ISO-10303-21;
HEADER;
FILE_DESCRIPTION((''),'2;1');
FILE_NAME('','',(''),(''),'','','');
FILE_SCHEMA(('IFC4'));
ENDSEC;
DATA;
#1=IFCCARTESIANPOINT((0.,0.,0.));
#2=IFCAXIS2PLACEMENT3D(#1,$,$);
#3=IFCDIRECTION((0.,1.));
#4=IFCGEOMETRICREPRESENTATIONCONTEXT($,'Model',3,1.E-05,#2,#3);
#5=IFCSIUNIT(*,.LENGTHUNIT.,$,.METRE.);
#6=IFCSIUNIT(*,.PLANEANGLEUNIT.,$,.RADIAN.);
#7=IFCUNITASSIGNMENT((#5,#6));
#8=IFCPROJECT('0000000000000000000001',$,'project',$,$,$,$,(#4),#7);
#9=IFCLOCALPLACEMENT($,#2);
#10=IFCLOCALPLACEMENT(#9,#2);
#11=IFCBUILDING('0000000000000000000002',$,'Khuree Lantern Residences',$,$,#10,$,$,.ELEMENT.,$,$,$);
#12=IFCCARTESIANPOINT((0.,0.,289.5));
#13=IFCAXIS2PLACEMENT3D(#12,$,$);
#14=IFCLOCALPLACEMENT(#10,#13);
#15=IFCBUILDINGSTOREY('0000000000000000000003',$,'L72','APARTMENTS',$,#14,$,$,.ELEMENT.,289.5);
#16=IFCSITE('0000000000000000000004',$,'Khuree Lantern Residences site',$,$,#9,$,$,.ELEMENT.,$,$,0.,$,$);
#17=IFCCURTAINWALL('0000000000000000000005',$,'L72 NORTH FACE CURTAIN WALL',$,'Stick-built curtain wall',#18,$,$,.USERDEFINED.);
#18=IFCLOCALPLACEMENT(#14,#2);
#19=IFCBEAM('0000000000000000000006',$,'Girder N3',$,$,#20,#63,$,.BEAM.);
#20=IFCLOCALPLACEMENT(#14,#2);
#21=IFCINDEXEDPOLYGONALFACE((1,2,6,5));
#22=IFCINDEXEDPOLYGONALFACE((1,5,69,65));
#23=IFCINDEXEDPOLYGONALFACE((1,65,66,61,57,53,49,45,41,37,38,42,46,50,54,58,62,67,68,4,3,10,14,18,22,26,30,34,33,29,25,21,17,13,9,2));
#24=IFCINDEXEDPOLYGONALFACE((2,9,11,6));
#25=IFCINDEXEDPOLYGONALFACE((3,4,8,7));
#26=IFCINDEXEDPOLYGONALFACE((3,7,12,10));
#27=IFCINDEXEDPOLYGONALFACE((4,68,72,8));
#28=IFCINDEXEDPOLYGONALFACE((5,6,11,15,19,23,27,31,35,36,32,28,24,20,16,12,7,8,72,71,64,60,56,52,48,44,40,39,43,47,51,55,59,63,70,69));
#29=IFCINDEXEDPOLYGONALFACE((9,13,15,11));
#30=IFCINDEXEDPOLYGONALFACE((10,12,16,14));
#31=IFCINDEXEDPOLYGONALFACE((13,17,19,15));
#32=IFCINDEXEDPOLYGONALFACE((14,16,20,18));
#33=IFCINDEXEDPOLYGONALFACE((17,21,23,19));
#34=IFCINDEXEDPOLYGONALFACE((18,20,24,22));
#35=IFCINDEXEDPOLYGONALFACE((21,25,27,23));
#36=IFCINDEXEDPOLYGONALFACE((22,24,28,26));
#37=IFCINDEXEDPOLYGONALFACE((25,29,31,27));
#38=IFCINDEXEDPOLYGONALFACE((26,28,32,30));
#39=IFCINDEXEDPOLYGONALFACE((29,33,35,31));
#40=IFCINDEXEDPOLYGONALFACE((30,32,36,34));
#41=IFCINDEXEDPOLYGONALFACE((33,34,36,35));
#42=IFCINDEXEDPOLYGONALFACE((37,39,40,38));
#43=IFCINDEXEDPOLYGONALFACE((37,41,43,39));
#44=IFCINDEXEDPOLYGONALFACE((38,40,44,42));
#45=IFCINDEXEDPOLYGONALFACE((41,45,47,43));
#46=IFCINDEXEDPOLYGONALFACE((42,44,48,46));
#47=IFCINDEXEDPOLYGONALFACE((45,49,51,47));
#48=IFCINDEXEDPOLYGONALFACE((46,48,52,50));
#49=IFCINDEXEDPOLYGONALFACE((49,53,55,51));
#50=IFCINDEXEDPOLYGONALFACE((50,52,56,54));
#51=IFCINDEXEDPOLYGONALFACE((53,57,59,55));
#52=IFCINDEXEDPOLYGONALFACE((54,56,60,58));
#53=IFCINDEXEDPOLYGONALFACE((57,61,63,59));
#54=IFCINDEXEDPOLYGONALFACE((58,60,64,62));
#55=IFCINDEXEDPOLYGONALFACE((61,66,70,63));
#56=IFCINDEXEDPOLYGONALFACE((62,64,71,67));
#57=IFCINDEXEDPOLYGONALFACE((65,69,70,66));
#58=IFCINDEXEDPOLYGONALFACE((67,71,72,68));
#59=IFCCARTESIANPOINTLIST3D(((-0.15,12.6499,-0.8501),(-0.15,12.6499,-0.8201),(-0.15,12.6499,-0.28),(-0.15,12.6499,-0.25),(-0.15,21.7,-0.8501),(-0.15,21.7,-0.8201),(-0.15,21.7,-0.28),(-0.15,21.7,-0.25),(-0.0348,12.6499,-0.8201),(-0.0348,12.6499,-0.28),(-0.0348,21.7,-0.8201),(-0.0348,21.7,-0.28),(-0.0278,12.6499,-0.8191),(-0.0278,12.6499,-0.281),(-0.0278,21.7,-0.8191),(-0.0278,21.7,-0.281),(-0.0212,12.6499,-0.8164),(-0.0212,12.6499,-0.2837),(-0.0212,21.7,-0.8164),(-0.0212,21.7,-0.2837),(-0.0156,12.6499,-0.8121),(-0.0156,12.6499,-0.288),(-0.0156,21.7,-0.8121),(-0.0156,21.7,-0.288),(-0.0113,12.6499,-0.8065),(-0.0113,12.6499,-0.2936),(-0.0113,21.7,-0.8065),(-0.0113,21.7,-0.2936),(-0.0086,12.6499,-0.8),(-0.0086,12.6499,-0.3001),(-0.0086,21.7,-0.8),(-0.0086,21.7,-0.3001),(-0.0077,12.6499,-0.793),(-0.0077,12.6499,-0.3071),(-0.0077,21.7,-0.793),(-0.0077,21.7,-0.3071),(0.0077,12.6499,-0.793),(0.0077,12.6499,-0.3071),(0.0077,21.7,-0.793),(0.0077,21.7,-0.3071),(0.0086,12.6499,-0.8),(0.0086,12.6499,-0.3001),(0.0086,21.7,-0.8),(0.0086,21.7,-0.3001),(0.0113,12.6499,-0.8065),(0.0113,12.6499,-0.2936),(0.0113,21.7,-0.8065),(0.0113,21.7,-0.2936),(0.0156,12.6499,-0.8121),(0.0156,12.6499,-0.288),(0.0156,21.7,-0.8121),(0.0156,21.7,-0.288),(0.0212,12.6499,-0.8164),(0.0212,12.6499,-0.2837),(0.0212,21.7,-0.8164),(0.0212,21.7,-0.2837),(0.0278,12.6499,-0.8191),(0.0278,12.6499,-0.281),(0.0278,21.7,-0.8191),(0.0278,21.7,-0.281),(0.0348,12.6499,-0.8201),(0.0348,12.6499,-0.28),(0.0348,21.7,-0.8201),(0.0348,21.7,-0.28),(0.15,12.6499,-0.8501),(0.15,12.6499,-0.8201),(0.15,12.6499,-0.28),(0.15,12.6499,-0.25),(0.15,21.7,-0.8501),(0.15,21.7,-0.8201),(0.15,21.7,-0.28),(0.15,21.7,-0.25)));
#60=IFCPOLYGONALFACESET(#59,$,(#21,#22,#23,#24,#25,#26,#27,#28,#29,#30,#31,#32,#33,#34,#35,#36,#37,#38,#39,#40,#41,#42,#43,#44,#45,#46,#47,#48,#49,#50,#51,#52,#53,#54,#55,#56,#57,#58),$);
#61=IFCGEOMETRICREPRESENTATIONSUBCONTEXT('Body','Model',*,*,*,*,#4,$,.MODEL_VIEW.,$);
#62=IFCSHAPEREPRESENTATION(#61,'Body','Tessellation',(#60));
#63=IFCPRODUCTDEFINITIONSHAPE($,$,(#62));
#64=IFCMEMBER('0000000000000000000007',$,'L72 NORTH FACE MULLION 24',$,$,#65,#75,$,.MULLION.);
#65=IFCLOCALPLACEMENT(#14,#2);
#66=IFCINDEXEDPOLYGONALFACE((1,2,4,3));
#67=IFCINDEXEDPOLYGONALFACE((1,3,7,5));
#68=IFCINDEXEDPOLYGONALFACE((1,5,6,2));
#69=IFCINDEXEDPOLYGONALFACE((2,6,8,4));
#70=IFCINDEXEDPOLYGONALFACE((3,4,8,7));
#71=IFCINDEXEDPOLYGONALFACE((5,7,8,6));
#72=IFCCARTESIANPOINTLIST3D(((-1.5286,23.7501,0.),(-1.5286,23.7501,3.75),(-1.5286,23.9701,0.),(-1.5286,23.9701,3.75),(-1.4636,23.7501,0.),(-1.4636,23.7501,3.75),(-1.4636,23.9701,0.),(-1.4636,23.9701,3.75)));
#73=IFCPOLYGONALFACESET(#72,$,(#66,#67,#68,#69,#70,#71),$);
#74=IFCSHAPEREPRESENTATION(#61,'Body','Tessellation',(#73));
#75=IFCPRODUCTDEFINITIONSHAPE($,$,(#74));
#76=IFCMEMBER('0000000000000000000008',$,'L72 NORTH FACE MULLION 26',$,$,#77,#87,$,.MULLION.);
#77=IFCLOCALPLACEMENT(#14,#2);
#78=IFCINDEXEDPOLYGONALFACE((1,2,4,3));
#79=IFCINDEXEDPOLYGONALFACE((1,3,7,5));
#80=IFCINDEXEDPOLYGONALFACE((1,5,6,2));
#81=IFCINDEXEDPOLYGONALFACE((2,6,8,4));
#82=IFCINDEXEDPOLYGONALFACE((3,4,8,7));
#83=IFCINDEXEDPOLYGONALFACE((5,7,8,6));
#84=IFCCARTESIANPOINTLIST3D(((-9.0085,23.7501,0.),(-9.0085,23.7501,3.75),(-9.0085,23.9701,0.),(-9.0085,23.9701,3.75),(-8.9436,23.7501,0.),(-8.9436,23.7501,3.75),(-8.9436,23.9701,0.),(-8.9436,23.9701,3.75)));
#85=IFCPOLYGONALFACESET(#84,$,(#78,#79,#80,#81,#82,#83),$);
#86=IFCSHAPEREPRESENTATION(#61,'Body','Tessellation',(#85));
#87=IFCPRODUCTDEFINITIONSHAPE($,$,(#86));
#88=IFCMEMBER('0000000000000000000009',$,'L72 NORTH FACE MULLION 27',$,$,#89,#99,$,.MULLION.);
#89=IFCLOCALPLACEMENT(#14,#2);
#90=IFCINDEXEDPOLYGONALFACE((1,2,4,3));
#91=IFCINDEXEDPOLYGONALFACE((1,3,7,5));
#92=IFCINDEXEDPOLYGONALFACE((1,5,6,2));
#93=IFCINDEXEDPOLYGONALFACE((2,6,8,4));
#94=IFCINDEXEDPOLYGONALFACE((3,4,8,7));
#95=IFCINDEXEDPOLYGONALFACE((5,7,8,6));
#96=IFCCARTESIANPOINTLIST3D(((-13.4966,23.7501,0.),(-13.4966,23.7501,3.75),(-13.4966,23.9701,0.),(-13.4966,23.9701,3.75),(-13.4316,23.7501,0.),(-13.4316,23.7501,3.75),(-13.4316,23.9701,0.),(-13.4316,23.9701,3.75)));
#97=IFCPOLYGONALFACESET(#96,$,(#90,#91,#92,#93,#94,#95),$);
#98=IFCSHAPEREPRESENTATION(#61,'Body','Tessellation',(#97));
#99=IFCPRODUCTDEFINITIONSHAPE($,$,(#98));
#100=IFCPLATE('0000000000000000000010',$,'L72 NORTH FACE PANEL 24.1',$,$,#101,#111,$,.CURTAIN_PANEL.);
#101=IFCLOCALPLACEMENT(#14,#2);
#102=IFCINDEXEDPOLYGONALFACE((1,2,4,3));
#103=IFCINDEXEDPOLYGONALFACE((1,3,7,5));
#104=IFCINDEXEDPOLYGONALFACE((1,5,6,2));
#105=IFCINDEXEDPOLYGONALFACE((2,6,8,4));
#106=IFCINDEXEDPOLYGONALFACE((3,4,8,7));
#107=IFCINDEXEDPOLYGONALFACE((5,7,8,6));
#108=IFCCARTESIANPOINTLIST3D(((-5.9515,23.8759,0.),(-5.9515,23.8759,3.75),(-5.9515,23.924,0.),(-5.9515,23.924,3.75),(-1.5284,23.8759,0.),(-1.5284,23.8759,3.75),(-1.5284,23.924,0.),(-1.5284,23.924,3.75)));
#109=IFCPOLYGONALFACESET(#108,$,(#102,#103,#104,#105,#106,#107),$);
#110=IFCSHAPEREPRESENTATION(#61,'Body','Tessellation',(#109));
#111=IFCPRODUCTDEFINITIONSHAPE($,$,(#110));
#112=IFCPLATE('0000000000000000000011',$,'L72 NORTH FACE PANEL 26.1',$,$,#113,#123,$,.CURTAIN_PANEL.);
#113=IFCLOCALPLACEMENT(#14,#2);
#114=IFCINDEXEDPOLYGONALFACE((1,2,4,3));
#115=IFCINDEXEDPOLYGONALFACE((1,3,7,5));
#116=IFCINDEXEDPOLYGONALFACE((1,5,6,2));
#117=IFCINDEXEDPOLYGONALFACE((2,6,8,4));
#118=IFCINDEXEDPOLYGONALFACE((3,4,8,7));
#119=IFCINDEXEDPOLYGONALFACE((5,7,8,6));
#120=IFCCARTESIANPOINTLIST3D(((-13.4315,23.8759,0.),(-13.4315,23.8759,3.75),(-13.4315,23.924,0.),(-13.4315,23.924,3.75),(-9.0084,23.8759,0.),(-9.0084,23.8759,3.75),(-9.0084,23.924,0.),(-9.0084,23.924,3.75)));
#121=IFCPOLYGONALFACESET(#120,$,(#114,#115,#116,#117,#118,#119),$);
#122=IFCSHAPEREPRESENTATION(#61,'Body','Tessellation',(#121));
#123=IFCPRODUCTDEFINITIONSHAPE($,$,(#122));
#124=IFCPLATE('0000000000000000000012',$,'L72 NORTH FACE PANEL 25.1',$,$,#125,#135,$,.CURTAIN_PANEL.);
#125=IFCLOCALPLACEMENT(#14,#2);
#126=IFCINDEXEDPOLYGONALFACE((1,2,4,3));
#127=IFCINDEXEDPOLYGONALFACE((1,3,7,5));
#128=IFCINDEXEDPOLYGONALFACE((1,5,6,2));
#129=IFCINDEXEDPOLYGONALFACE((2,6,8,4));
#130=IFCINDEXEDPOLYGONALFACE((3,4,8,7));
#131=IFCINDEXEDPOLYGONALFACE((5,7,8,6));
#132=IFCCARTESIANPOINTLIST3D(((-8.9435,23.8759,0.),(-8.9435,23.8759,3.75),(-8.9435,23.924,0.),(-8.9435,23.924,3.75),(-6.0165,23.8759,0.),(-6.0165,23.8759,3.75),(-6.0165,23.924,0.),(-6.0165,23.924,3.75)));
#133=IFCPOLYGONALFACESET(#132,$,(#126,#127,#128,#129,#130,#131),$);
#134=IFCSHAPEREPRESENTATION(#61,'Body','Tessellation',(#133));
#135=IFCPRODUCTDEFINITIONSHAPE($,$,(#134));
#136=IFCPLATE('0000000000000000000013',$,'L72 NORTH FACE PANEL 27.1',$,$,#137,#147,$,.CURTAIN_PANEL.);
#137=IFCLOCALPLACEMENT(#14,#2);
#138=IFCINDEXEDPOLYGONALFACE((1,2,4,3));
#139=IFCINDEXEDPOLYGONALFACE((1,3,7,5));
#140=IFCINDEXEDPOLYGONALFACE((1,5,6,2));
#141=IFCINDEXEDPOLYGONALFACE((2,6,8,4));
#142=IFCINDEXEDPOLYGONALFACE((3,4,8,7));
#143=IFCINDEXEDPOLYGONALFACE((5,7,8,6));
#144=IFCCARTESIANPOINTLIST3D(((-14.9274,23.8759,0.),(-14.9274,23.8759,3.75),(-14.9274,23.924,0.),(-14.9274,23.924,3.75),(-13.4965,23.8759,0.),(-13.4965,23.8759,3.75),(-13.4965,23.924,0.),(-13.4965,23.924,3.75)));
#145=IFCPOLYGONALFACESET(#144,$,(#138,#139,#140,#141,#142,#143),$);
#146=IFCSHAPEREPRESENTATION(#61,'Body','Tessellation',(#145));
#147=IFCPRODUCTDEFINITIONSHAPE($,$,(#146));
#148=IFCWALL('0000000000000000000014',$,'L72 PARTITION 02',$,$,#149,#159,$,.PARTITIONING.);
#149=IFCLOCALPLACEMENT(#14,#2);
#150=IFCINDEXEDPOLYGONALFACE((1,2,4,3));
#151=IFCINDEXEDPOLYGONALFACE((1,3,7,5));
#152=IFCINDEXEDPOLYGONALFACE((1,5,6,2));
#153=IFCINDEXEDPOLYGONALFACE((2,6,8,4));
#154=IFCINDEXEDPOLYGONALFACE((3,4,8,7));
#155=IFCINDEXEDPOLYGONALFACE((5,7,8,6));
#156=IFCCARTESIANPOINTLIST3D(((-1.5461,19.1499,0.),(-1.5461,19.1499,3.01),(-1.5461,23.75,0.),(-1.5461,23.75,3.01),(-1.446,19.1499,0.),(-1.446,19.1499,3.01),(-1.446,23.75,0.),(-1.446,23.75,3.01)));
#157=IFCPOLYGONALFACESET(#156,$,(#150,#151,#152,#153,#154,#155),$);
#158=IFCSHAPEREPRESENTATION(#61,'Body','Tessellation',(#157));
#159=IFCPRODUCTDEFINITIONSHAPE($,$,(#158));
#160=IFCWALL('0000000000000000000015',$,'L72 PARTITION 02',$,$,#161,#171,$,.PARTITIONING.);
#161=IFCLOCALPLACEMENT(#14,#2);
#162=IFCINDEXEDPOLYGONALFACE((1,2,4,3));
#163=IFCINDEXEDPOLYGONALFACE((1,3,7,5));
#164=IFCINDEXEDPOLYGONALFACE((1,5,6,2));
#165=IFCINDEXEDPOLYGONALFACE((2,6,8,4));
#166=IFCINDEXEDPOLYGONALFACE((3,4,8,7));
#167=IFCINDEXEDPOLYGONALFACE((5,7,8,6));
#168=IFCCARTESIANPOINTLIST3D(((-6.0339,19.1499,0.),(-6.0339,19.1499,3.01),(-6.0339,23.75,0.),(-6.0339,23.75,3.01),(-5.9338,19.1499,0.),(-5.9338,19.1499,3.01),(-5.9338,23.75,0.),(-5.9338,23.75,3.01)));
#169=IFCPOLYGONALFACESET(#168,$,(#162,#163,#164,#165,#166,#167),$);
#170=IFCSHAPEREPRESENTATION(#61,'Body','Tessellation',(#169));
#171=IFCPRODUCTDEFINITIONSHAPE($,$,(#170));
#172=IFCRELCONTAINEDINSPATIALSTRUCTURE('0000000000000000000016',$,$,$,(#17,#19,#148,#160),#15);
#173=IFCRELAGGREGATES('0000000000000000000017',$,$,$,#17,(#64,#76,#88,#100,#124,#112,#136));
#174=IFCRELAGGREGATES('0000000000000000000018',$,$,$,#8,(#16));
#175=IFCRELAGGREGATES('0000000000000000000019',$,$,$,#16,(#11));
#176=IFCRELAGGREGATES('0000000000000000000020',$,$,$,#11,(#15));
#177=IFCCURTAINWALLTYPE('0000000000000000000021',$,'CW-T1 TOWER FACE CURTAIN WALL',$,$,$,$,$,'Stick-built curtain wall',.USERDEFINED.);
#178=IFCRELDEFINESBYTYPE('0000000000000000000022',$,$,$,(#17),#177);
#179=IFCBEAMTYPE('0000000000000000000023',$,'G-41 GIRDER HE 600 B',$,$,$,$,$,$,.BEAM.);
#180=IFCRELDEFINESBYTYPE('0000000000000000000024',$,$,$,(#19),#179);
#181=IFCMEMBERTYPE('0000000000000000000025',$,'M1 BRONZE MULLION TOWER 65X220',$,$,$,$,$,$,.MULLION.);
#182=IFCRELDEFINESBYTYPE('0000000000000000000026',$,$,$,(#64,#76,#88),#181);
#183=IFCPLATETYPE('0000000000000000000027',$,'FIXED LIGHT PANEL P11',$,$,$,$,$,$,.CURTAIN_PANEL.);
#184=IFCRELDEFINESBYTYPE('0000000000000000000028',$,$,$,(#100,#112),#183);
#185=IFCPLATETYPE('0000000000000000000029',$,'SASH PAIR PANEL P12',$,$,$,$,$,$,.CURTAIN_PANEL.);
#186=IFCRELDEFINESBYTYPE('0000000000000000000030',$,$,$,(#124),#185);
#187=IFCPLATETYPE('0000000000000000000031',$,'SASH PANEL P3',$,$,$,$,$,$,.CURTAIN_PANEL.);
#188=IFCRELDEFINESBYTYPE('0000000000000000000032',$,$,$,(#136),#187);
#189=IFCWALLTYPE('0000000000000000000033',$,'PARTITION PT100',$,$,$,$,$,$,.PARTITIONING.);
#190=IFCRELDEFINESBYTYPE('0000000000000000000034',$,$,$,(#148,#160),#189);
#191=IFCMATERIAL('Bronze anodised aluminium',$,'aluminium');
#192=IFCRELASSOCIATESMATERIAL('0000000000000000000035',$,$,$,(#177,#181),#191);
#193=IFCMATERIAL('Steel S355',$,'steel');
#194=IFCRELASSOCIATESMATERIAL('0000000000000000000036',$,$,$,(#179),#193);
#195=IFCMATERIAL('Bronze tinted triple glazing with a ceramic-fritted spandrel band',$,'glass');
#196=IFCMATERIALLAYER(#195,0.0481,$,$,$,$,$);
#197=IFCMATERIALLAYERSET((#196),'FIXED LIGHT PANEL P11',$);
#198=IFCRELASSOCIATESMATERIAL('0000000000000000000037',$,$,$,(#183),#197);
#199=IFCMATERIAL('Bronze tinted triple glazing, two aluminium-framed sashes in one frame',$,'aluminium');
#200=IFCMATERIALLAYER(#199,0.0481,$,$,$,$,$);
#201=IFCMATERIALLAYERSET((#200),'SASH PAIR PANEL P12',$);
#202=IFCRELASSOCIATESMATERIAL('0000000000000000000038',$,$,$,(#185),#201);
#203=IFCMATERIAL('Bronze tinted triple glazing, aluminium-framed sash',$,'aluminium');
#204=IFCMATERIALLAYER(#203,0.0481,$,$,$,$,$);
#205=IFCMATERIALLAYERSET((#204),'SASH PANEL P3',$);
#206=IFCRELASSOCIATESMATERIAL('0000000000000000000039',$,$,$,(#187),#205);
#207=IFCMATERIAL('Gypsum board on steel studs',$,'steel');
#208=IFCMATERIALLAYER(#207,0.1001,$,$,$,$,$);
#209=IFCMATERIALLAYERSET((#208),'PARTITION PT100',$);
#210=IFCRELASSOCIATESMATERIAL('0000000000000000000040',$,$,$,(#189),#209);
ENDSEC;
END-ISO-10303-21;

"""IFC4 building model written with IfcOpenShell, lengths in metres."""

from ifc_helpers import new_model, si_unit, direction, frame, frame_2d, origin, origin_2d, place, context, subcontext, project, spatial, rectangle, i_section, extrude, material, layer, layer_set, material_profile, profile_set, type_object, element, aggregate, save


model = new_model("IFC4")

# Units and contexts
model_context = context("Model", 3, precision=1e-05, world=origin(), true_north=direction((0.0, 1.0)))
body_context = subcontext(model_context, "Body", "Model", "MODEL_VIEW")
ifc_project = project(units=[si_unit("LENGTHUNIT", "METRE"), si_unit("PLANEANGLEUNIT", "RADIAN")], contexts=[model_context])

# Site, building, storey
site_placement = place(None, origin())
site = spatial("IfcSite", under=ifc_project, at=site_placement, Name="Khuree Lantern Residences site", CompositionType="ELEMENT", RefElevation=0.0)
building_placement = place(site_placement, origin())
building = spatial("IfcBuilding", under=site, at=building_placement, Name="Khuree Lantern Residences", CompositionType="ELEMENT")
storey_placement = place(building_placement, frame((0.0, 0.0, 289.5)))
storey = spatial("IfcBuildingStorey", under=building, at=storey_placement, Name="L72", Description="APARTMENTS", CompositionType="ELEMENT", Elevation=289.5)

# Shared definitions
ifc_material_1 = material(Name="Steel S355", Category="steel")

# Curtain wall
ifc_material_2 = material(Name="Bronze anodised aluminium", Category="aluminium")
curtain_wall_type = type_object("IfcCurtainWallType", Name="CW-T1 TOWER FACE CURTAIN WALL", ElementType="Stick-built curtain wall", PredefinedType="USERDEFINED", material=ifc_material_2)
curtain_wall_placement = place(storey_placement, origin())
curtain_wall = element("IfcCurtainWall", 1, at=curtain_wall_placement, inside=storey, type_object=curtain_wall_type, Name="L72 NORTH FACE CURTAIN WALL", ObjectType="Stick-built curtain wall", PredefinedType="USERDEFINED")

# Beam
ifc_material_profile_1 = material_profile(ifc_material_1, i_section(OverallWidth=0.3, OverallDepth=0.6001, WebThickness=0.0154, FlangeThickness=0.03, FilletRadius=0.0271, at=origin_2d()), Name="HE 600 B")
ifc_profile_set_1 = profile_set([ifc_material_profile_1], Name="Steel S355")
beam_type_1 = type_object("IfcBeamType", Name="G-41 GIRDER HE 600 B", PredefinedType="BEAM", material=ifc_profile_set_1)
for number, where, z_axis, x_axis, name in (
    (2, (0.0, 21.7, -0.55), (0.0, -1.0, 0.0), (1.0, 0.0, 0.0), "Girder N3"),
):
    element("IfcBeam", number, at=place(storey_placement, frame(where, z_axis=z_axis, x_axis=x_axis)), inside=storey, type_object=beam_type_1, Name=name, PredefinedType="BEAM", context=body_context, shape_type="SweptSolid", body=[
        extrude(i_section(OverallWidth=0.3, OverallDepth=0.6001, WebThickness=0.0154, FlangeThickness=0.03, FilletRadius=0.0271, at=origin_2d()), origin(), (0.0, 0.0, 1.0), 9.05),
    ])

# Members
ifc_material_profile_2 = material_profile(ifc_material_2, rectangle(XDim=0.0649, YDim=0.22, at=origin_2d()), Name="M1 65X220")
ifc_profile_set_2 = profile_set([ifc_material_profile_2], Name="Bronze anodised aluminium")
member_type_1 = type_object("IfcMemberType", Name="M1 BRONZE MULLION TOWER 65X220", PredefinedType="MULLION", material=ifc_profile_set_2)
member_1_placement = place(storey_placement, frame((-1.4961, 23.8601, 0.0), z_axis=(0.0, 0.0, 1.0), x_axis=(-1.0, 0.0, 0.0)))
member_1 = element("IfcMember", 3, at=member_1_placement, type_object=member_type_1, Name="L72 NORTH FACE MULLION 24", PredefinedType="MULLION", context=body_context, shape_type="SweptSolid", body=[
    extrude(rectangle(XDim=0.0649, YDim=0.22, at=origin_2d()), origin(), (0.0, 0.0, 1.0), 3.75),
])
member_2_placement = place(storey_placement, frame((-8.9761, 23.8601, 0.0), z_axis=(0.0, 0.0, 1.0), x_axis=(-1.0, 0.0, 0.0)))
member_2 = element("IfcMember", 4, at=member_2_placement, type_object=member_type_1, Name="L72 NORTH FACE MULLION 26", PredefinedType="MULLION", context=body_context, shape_type="SweptSolid", body=[
    extrude(rectangle(XDim=0.0649, YDim=0.22, at=origin_2d()), origin(), (0.0, 0.0, 1.0), 3.75),
])
member_3_placement = place(storey_placement, frame((-13.4641, 23.8601, 0.0), z_axis=(0.0, 0.0, 1.0), x_axis=(-1.0, 0.0, 0.0)))
member_3 = element("IfcMember", 5, at=member_3_placement, type_object=member_type_1, Name="L72 NORTH FACE MULLION 27", PredefinedType="MULLION", context=body_context, shape_type="SweptSolid", body=[
    extrude(rectangle(XDim=0.0649, YDim=0.22, at=origin_2d()), origin(), (0.0, 0.0, 1.0), 3.75),
])

# Plates
ifc_material_3 = material(Name="Bronze tinted triple glazing with a ceramic-fritted spandrel band", Category="glass")
ifc_layer_1 = layer(ifc_material_3, 0.0481)
ifc_layer_set_1 = layer_set([ifc_layer_1], Name="FIXED LIGHT PANEL P11")
plate_type_1 = type_object("IfcPlateType", Name="FIXED LIGHT PANEL P11", PredefinedType="CURTAIN_PANEL", material=ifc_layer_set_1)
plate_1_placement = place(storey_placement, frame((-3.74, 23.8999, 0.0), z_axis=(0.0, 0.0, 1.0), x_axis=(-1.0, 0.0, 0.0)))
plate_1 = element("IfcPlate", 6, at=plate_1_placement, type_object=plate_type_1, Name="L72 NORTH FACE PANEL 24.1", PredefinedType="CURTAIN_PANEL", context=body_context, shape_type="SweptSolid", body=[
    extrude(rectangle(XDim=4.4231, YDim=0.0481, at=origin_2d()), origin(), (0.0, 0.0, 1.0), 3.75),
])
plate_2_placement = place(storey_placement, frame((-11.22, 23.8999, 0.0), z_axis=(0.0, 0.0, 1.0), x_axis=(-1.0, 0.0, 0.0)))
plate_2 = element("IfcPlate", 7, at=plate_2_placement, type_object=plate_type_1, Name="L72 NORTH FACE PANEL 26.1", PredefinedType="CURTAIN_PANEL", context=body_context, shape_type="SweptSolid", body=[
    extrude(rectangle(XDim=4.4231, YDim=0.0481, at=origin_2d()), origin(), (0.0, 0.0, 1.0), 3.75),
])
ifc_material_4 = material(Name="Bronze tinted triple glazing, two aluminium-framed sashes in one frame", Category="aluminium")
ifc_layer_2 = layer(ifc_material_4, 0.0481)
ifc_layer_set_2 = layer_set([ifc_layer_2], Name="SASH PAIR PANEL P12")
plate_type_2 = type_object("IfcPlateType", Name="SASH PAIR PANEL P12", PredefinedType="CURTAIN_PANEL", material=ifc_layer_set_2)
plate_3_placement = place(storey_placement, frame((-7.48, 23.8999, 0.0), z_axis=(0.0, 0.0, 1.0), x_axis=(-1.0, 0.0, 0.0)))
plate_3 = element("IfcPlate", 8, at=plate_3_placement, type_object=plate_type_2, Name="L72 NORTH FACE PANEL 25.1", PredefinedType="CURTAIN_PANEL", context=body_context, shape_type="SweptSolid", body=[
    extrude(rectangle(XDim=2.927, YDim=0.0481, at=origin_2d()), origin(), (0.0, 0.0, 1.0), 3.75),
])
ifc_material_5 = material(Name="Bronze tinted triple glazing, aluminium-framed sash", Category="aluminium")
ifc_layer_3 = layer(ifc_material_5, 0.0481)
ifc_layer_set_3 = layer_set([ifc_layer_3], Name="SASH PANEL P3")
plate_type_3 = type_object("IfcPlateType", Name="SASH PANEL P3", PredefinedType="CURTAIN_PANEL", material=ifc_layer_set_3)
plate_4_placement = place(storey_placement, frame((-14.2119, 23.8999, 0.0), z_axis=(0.0, 0.0, 1.0), x_axis=(-1.0, 0.0, 0.0)))
plate_4 = element("IfcPlate", 9, at=plate_4_placement, type_object=plate_type_3, Name="L72 NORTH FACE PANEL 27.1", PredefinedType="CURTAIN_PANEL", context=body_context, shape_type="SweptSolid", body=[
    extrude(rectangle(XDim=1.4309, YDim=0.0481, at=origin_2d()), origin(), (0.0, 0.0, 1.0), 3.75),
])
aggregate(curtain_wall, [member_1, member_2, member_3, plate_1, plate_3, plate_2, plate_4])

# Walls
ifc_material_6 = material(Name="Gypsum board on steel studs", Category="steel")
ifc_layer_4 = layer(ifc_material_6, 0.1001)
ifc_layer_set_4 = layer_set([ifc_layer_4], Name="PARTITION PT100")
wall_type = type_object("IfcWallType", Name="PARTITION PT100", PredefinedType="PARTITIONING", material=ifc_layer_set_4)
for number, where, z_axis, x_axis, name in (
    (10, (-1.4961, 19.1499, 0.0), (0.0, 0.0, 1.0), (0.0, 1.0, 0.0), "L72 PARTITION 02"),
    (11, (-5.9839, 19.1499, 0.0), (0.0, 0.0, 1.0), (0.0, 1.0, 0.0), "L72 PARTITION 02"),
):
    element("IfcWall", number, at=place(storey_placement, frame(where, z_axis=z_axis, x_axis=x_axis)), inside=storey, type_object=wall_type, Name=name, PredefinedType="PARTITIONING", context=body_context, shape_type="SweptSolid", body=[
        extrude(rectangle(XDim=4.6001, YDim=0.1001, at=frame_2d((2.3, 0.0))), origin(), (0.0, 0.0, 1.0), 3.01),
    ])

save(model, "model.ifc")
